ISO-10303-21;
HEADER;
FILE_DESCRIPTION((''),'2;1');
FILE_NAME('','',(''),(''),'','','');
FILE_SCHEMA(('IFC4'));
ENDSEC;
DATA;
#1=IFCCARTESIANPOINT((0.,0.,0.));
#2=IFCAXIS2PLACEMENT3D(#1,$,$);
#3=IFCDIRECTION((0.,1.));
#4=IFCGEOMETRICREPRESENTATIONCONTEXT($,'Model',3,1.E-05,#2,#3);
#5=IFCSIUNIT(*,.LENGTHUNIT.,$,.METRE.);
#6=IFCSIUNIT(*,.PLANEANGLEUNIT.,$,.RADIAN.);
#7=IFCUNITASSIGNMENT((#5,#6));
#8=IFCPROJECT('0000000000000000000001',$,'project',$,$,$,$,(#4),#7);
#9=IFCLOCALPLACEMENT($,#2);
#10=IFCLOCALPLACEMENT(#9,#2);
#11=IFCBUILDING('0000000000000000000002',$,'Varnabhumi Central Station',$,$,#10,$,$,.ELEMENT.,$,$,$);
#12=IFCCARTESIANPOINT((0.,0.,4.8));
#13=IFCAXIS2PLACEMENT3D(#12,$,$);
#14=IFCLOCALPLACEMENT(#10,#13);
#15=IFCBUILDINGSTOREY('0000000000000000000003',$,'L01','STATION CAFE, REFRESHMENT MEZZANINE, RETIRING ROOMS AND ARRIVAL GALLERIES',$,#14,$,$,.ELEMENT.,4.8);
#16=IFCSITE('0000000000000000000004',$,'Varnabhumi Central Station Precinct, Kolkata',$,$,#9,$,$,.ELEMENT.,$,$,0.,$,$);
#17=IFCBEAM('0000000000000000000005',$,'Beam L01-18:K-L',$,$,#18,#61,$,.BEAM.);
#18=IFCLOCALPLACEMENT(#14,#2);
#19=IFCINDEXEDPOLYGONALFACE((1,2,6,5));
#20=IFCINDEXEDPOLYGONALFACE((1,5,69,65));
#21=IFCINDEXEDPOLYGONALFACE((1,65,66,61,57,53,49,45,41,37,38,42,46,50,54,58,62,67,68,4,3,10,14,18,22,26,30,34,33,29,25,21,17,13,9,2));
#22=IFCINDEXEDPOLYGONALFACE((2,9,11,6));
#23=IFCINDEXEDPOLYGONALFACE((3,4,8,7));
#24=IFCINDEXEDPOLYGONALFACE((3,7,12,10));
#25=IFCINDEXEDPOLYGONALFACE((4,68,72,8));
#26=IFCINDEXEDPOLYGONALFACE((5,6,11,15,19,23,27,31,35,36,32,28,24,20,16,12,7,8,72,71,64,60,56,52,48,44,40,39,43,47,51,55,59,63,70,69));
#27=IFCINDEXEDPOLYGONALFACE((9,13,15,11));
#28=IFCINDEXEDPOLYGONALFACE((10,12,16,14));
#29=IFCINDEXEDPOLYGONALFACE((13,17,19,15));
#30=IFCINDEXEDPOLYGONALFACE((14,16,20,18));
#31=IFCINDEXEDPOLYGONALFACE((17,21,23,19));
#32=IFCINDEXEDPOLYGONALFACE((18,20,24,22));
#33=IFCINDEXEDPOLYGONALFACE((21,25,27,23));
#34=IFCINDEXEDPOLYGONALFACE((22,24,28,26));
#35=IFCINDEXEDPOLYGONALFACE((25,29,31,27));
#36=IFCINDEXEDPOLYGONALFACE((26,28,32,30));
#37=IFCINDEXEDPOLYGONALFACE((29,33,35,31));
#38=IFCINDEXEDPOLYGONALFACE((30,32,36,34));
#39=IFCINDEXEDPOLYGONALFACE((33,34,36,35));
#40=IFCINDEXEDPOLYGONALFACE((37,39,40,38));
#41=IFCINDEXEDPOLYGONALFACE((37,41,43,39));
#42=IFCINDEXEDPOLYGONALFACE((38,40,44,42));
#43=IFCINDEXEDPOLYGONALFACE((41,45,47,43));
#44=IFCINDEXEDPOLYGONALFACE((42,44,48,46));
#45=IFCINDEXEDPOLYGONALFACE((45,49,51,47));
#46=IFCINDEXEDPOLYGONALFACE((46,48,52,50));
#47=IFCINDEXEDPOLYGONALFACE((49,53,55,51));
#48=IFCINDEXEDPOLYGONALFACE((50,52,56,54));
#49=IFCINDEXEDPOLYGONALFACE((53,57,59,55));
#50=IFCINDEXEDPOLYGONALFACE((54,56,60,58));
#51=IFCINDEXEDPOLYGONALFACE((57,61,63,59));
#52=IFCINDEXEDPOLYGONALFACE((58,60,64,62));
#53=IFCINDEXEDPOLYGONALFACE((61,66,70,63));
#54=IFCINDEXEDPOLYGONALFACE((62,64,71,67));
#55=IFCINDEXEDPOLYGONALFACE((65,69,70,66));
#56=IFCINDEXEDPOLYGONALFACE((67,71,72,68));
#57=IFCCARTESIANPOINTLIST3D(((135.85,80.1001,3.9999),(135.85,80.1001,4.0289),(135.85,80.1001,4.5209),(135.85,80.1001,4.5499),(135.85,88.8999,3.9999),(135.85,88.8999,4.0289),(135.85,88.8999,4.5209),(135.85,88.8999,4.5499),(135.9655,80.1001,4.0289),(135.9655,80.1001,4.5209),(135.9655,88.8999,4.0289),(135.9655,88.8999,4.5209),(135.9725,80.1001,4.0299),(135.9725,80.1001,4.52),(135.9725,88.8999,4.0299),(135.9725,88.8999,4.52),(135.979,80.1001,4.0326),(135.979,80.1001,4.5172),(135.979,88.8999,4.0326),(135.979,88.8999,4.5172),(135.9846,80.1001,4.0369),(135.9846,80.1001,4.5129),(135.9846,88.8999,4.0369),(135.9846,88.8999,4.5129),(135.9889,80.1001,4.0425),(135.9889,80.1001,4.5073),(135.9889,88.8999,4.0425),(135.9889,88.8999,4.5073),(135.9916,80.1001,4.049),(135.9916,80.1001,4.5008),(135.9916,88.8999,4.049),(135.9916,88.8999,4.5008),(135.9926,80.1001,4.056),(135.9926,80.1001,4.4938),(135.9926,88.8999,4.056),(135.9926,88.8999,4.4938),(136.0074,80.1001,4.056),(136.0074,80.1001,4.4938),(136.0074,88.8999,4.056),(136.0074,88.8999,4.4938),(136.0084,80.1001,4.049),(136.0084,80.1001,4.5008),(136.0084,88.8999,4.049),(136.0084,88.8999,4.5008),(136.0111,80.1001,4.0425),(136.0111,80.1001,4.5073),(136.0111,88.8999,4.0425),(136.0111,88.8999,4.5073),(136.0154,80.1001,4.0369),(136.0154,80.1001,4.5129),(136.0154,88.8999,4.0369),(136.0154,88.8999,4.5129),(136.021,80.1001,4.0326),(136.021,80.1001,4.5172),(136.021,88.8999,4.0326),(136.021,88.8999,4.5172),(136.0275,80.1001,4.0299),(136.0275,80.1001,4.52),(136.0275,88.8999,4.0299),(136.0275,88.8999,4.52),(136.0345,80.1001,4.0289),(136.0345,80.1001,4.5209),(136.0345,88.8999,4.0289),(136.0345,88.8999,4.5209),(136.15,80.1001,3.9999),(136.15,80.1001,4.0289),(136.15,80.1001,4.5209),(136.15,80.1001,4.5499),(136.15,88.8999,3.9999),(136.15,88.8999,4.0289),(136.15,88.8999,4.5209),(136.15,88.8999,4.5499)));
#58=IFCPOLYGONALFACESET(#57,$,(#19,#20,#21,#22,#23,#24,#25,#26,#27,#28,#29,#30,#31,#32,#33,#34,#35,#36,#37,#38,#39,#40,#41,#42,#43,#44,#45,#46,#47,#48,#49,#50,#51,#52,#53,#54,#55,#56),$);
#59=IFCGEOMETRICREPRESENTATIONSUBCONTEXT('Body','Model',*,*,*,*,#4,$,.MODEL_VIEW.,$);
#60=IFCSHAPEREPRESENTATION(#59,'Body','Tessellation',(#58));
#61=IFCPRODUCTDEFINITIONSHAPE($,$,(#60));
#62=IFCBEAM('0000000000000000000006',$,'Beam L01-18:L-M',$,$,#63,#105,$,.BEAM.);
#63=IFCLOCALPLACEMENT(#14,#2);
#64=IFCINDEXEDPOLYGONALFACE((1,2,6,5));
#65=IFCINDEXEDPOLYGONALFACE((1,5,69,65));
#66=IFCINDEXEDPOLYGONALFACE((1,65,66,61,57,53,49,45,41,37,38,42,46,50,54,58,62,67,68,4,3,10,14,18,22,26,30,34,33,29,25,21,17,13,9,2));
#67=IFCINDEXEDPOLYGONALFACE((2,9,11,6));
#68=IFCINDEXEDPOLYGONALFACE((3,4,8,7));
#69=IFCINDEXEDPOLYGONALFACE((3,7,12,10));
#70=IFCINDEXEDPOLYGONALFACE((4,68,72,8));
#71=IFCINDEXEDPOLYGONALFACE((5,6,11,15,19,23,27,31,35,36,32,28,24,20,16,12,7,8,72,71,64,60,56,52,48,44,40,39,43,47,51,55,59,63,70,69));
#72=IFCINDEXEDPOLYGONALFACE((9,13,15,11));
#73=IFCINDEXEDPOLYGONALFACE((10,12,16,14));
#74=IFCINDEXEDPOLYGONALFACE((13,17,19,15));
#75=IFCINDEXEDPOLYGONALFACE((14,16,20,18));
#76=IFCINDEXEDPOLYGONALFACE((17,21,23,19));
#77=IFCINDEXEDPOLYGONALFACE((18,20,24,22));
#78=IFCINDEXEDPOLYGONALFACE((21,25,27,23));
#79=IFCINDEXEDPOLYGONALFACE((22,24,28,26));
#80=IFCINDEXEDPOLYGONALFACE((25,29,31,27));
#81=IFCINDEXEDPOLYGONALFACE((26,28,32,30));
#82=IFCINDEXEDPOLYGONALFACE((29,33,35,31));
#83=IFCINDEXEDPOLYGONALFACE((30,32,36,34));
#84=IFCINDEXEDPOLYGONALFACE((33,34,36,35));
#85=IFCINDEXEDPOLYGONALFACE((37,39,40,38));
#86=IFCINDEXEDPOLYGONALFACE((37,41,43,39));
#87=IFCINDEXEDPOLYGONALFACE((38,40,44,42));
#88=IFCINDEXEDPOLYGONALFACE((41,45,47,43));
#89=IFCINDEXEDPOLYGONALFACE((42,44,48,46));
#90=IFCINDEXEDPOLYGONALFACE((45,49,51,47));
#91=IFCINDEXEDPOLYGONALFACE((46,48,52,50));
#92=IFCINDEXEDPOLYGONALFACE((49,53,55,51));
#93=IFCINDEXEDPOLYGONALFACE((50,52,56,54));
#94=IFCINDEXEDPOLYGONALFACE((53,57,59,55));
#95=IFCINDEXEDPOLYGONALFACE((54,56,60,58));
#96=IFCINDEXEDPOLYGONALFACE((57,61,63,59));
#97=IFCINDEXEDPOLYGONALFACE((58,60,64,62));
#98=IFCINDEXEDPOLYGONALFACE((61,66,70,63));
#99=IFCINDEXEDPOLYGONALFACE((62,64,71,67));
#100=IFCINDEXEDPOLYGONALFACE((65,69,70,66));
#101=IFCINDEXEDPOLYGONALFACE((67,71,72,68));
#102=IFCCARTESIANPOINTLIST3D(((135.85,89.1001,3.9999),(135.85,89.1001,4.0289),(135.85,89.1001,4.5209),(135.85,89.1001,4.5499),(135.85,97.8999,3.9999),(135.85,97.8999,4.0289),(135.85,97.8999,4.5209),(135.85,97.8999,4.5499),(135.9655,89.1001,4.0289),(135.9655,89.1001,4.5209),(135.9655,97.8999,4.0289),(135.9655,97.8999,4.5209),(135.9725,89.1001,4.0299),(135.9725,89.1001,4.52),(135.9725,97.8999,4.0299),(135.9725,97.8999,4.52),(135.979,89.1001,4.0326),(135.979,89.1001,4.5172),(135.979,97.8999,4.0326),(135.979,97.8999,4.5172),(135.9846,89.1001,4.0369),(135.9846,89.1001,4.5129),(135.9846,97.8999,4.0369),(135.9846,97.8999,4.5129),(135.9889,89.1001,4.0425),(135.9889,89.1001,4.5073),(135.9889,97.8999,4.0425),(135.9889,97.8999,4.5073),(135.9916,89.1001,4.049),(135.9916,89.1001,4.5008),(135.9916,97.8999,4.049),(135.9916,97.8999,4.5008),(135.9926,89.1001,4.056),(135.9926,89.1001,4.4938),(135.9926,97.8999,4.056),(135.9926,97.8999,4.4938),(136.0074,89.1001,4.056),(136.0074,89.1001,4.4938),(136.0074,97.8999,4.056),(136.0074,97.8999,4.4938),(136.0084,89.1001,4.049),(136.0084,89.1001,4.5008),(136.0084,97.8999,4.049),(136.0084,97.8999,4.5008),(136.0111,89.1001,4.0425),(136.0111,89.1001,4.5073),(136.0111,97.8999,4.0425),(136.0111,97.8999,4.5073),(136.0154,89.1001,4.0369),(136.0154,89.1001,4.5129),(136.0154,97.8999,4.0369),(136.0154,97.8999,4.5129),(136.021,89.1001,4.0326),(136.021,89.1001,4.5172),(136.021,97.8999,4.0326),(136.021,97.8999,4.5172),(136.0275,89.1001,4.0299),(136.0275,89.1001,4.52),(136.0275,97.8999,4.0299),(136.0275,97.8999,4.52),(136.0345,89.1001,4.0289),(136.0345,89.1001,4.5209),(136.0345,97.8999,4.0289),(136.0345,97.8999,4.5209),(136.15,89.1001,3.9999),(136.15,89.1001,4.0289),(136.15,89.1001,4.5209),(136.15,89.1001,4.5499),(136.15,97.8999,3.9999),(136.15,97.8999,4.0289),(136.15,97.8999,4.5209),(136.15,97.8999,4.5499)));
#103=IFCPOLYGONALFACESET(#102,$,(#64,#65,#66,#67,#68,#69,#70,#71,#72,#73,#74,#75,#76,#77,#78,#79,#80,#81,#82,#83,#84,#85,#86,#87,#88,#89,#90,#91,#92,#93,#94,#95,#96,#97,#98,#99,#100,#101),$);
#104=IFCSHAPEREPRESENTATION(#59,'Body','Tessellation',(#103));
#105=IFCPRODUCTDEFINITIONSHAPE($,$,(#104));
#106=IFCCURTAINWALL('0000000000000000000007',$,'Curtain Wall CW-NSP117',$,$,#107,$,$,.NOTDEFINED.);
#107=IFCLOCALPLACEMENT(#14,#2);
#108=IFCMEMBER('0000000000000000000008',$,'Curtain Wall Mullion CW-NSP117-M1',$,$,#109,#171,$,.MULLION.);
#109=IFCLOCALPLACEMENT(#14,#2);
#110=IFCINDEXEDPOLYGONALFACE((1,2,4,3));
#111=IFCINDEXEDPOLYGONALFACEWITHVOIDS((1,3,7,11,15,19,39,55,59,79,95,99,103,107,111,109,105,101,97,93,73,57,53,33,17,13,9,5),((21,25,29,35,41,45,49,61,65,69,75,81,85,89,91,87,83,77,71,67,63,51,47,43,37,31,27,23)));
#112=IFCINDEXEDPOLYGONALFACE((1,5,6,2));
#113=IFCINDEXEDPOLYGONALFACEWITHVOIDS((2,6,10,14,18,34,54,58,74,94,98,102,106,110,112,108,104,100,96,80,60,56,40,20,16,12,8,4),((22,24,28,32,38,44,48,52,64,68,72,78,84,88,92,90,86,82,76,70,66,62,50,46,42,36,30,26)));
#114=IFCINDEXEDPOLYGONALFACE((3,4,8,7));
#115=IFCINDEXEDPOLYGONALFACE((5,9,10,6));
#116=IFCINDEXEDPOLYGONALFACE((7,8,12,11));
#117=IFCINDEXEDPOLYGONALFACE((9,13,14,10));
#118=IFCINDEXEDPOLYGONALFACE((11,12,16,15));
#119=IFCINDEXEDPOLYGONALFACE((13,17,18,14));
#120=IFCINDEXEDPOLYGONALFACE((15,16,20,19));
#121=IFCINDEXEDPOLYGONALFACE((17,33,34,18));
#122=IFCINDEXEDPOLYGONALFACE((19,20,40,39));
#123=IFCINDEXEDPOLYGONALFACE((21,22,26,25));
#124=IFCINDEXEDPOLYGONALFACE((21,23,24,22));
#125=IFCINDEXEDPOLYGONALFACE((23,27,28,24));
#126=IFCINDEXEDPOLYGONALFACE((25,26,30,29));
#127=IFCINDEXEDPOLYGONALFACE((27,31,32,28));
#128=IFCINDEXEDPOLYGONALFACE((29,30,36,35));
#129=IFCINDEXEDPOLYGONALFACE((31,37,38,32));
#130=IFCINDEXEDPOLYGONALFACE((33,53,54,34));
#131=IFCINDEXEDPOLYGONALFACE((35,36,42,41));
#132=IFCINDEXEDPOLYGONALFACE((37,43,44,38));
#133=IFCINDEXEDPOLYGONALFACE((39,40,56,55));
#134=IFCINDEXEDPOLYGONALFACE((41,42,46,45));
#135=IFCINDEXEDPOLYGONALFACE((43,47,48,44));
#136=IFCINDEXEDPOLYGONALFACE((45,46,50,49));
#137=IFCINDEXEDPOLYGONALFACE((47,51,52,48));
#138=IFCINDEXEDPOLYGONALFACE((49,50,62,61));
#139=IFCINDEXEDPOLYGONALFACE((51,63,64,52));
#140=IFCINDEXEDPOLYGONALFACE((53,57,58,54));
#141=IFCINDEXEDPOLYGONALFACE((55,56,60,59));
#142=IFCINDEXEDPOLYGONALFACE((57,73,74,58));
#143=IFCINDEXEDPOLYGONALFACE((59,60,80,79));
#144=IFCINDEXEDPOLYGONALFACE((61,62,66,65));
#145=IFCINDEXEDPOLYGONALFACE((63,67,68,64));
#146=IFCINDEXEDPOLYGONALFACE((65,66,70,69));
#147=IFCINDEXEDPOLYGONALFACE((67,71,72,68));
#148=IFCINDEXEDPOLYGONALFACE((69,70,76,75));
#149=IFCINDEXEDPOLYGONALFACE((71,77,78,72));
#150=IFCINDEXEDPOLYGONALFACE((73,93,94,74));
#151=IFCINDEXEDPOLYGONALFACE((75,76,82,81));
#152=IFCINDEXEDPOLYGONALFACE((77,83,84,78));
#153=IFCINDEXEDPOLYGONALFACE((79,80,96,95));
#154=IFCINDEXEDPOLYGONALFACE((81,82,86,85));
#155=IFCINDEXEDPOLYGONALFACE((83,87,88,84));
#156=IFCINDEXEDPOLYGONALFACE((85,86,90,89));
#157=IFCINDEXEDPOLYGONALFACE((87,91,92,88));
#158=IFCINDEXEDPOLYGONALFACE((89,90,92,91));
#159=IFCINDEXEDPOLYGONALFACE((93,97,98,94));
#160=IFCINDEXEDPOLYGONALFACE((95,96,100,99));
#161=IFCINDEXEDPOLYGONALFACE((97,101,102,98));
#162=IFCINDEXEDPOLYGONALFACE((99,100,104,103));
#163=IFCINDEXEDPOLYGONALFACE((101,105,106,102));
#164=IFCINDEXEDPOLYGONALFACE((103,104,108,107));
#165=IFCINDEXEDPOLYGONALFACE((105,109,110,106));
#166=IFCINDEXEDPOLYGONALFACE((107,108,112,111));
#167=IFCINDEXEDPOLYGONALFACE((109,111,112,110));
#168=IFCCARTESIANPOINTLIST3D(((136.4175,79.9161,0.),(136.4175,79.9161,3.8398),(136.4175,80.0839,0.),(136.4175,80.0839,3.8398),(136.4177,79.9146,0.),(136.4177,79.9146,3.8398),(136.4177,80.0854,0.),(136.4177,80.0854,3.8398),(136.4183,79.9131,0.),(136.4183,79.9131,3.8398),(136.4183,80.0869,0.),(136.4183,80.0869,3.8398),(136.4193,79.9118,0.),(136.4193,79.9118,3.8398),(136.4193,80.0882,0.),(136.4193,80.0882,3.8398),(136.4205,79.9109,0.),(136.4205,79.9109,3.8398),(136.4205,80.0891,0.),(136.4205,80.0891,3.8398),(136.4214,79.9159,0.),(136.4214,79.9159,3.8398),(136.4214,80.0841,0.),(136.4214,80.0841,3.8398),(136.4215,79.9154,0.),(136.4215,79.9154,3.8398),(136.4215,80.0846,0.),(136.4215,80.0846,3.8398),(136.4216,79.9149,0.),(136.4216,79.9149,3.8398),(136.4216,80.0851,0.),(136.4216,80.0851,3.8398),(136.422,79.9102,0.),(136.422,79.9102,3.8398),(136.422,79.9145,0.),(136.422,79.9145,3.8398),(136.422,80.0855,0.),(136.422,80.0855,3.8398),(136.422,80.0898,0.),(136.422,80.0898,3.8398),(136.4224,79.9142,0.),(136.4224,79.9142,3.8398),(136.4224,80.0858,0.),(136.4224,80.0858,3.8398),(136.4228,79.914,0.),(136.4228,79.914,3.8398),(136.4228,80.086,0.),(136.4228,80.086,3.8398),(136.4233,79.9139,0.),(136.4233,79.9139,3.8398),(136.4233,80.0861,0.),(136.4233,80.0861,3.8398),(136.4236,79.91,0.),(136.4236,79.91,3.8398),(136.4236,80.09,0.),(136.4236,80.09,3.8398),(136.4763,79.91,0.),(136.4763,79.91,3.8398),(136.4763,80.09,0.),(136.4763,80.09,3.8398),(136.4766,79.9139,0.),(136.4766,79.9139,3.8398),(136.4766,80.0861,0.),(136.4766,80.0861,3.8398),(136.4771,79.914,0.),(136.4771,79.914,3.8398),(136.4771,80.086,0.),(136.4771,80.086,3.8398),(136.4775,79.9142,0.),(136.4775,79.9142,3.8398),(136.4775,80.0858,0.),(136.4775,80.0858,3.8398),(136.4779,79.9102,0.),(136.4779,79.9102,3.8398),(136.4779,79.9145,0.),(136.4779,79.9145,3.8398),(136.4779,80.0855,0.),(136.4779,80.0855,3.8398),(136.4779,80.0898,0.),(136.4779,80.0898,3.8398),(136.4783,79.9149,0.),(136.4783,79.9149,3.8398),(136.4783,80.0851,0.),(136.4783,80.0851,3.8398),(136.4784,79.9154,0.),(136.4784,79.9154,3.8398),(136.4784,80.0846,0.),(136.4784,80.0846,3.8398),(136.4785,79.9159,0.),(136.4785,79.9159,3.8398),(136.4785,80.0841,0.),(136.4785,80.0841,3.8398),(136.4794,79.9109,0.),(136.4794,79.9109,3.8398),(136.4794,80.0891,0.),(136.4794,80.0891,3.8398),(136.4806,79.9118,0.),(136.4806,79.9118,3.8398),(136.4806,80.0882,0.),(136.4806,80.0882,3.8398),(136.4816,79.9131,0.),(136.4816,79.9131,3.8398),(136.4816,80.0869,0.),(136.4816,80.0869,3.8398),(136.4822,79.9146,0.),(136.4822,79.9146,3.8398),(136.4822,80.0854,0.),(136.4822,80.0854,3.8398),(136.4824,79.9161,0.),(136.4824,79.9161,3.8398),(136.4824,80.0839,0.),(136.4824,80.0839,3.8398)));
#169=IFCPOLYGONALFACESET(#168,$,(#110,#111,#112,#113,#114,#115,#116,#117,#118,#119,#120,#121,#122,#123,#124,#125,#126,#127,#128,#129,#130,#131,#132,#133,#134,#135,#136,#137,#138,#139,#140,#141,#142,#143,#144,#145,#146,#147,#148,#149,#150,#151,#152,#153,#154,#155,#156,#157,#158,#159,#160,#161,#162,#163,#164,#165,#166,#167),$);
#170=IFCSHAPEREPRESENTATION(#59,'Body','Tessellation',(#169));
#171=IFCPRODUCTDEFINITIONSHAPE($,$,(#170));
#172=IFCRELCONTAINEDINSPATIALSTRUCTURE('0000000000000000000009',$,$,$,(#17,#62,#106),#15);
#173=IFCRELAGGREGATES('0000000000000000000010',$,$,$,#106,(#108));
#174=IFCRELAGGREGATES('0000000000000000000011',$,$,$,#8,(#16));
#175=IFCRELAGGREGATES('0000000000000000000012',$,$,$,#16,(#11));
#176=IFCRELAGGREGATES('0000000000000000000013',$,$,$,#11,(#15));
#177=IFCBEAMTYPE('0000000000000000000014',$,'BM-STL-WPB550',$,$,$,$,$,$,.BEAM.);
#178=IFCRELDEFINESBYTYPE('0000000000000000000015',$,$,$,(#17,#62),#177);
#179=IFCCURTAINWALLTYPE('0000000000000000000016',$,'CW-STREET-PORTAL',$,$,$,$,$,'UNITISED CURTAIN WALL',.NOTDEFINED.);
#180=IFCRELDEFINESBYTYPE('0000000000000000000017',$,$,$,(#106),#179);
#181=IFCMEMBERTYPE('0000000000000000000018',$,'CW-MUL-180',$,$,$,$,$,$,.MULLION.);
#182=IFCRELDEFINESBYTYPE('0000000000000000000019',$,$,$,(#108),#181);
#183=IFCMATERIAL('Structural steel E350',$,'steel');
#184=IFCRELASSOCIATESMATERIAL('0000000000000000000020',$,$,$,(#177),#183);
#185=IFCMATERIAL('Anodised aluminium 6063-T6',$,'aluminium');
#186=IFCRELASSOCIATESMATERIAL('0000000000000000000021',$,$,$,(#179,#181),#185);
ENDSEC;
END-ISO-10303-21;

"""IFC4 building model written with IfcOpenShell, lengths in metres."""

from ifc_helpers import new_model, si_unit, direction, frame, origin, origin_2d, place, context, subcontext, project, spatial, hollow_rectangle, i_section, extrude, material, material_profile, profile_set, type_object, element, aggregate, save


model = new_model("IFC4")

# Units and contexts
model_context = context("Model", 3, precision=1e-05, world=origin(), true_north=direction((0.0, 1.0)))
body_context = subcontext(model_context, "Body", "Model", "MODEL_VIEW")
ifc_project = project(units=[si_unit("LENGTHUNIT", "METRE"), si_unit("PLANEANGLEUNIT", "RADIAN")], contexts=[model_context])

# Site, building, storey
site_placement = place(None, origin())
site = spatial("IfcSite", under=ifc_project, at=site_placement, Name="Varnabhumi Central Station Precinct, Kolkata", CompositionType="ELEMENT", RefElevation=0.0)
building_placement = place(site_placement, origin())
building = spatial("IfcBuilding", under=site, at=building_placement, Name="Varnabhumi Central Station", CompositionType="ELEMENT")
storey_placement = place(building_placement, frame((0.0, 0.0, 4.8)))
storey = spatial("IfcBuildingStorey", under=building, at=storey_placement, Name="L01", Description="STATION CAFE, REFRESHMENT MEZZANINE, RETIRING ROOMS AND ARRIVAL GALLERIES", CompositionType="ELEMENT", Elevation=4.8)

# Beams
ifc_material_1 = material(Name="Structural steel E350", Category="steel")
ifc_material_profile_1 = material_profile(ifc_material_1, i_section(OverallWidth=0.3, OverallDepth=0.55, WebThickness=0.0149, FlangeThickness=0.0291, FilletRadius=0.0271, at=origin_2d()), Name="Structural steel E350", Category="steel")
ifc_profile_set_1 = profile_set([ifc_material_profile_1], Name="Structural steel E350")
beam_type_1 = type_object("IfcBeamType", Name="BM-STL-WPB550", PredefinedType="BEAM", material=ifc_profile_set_1)
for number, where, z_axis, x_axis, name in (
    (1, (136.0, 80.1001, 4.2749), (0.0, 1.0, 0.0), (-1.0, 0.0, 0.0), "Beam L01-18:K-L"),
    (2, (136.0, 89.1001, 4.2749), (0.0, 1.0, 0.0), (-1.0, 0.0, 0.0), "Beam L01-18:L-M"),
):
    element("IfcBeam", number, at=place(storey_placement, frame(where, z_axis=z_axis, x_axis=x_axis)), inside=storey, type_object=beam_type_1, Name=name, PredefinedType="BEAM", context=body_context, shape_type="SweptSolid", body=[
        extrude(i_section(OverallWidth=0.3, OverallDepth=0.55, WebThickness=0.0149, FlangeThickness=0.0291, FilletRadius=0.0271, at=origin_2d()), origin(), (0.0, 0.0, 1.0), 8.7998),
    ])

# Curtain wall, member
ifc_material_2 = material(Name="Anodised aluminium 6063-T6", Category="aluminium")
curtain_wall_type_1 = type_object("IfcCurtainWallType", Name="CW-STREET-PORTAL", ElementType="UNITISED CURTAIN WALL", PredefinedType="NOTDEFINED", material=ifc_material_2)
curtain_wall_1_placement = place(storey_placement, origin())
curtain_wall_1 = element("IfcCurtainWall", 3, at=curtain_wall_1_placement, inside=storey, type_object=curtain_wall_type_1, Name="Curtain Wall CW-NSP117", PredefinedType="NOTDEFINED")
ifc_material_profile_2 = material_profile(ifc_material_2, hollow_rectangle(XDim=0.0649, YDim=0.1799, WallThickness=0.0039, InnerFilletRadius=0.002, OuterFilletRadius=0.0061, at=origin_2d()), Name="Anodised aluminium 6063-T6", Category="aluminium")
ifc_profile_set_2 = profile_set([ifc_material_profile_2], Name="Anodised aluminium 6063-T6")
member_type_1 = type_object("IfcMemberType", Name="CW-MUL-180", PredefinedType="MULLION", material=ifc_profile_set_2)
member_1_placement = place(storey_placement, frame((136.45, 80.0, 0.0), z_axis=(0.0, 0.0, 1.0), x_axis=(1.0, 0.0, 0.0)))
member_1 = element("IfcMember", 4, at=member_1_placement, type_object=member_type_1, Name="Curtain Wall Mullion CW-NSP117-M1", PredefinedType="MULLION", context=body_context, shape_type="SweptSolid", body=[
    extrude(hollow_rectangle(XDim=0.0649, YDim=0.1799, WallThickness=0.0039, InnerFilletRadius=0.002, OuterFilletRadius=0.0061, at=origin_2d()), origin(), (0.0, 0.0, 1.0), 3.8398),
])

aggregate(curtain_wall_1, [member_1])

save(model, "model.ifc")
